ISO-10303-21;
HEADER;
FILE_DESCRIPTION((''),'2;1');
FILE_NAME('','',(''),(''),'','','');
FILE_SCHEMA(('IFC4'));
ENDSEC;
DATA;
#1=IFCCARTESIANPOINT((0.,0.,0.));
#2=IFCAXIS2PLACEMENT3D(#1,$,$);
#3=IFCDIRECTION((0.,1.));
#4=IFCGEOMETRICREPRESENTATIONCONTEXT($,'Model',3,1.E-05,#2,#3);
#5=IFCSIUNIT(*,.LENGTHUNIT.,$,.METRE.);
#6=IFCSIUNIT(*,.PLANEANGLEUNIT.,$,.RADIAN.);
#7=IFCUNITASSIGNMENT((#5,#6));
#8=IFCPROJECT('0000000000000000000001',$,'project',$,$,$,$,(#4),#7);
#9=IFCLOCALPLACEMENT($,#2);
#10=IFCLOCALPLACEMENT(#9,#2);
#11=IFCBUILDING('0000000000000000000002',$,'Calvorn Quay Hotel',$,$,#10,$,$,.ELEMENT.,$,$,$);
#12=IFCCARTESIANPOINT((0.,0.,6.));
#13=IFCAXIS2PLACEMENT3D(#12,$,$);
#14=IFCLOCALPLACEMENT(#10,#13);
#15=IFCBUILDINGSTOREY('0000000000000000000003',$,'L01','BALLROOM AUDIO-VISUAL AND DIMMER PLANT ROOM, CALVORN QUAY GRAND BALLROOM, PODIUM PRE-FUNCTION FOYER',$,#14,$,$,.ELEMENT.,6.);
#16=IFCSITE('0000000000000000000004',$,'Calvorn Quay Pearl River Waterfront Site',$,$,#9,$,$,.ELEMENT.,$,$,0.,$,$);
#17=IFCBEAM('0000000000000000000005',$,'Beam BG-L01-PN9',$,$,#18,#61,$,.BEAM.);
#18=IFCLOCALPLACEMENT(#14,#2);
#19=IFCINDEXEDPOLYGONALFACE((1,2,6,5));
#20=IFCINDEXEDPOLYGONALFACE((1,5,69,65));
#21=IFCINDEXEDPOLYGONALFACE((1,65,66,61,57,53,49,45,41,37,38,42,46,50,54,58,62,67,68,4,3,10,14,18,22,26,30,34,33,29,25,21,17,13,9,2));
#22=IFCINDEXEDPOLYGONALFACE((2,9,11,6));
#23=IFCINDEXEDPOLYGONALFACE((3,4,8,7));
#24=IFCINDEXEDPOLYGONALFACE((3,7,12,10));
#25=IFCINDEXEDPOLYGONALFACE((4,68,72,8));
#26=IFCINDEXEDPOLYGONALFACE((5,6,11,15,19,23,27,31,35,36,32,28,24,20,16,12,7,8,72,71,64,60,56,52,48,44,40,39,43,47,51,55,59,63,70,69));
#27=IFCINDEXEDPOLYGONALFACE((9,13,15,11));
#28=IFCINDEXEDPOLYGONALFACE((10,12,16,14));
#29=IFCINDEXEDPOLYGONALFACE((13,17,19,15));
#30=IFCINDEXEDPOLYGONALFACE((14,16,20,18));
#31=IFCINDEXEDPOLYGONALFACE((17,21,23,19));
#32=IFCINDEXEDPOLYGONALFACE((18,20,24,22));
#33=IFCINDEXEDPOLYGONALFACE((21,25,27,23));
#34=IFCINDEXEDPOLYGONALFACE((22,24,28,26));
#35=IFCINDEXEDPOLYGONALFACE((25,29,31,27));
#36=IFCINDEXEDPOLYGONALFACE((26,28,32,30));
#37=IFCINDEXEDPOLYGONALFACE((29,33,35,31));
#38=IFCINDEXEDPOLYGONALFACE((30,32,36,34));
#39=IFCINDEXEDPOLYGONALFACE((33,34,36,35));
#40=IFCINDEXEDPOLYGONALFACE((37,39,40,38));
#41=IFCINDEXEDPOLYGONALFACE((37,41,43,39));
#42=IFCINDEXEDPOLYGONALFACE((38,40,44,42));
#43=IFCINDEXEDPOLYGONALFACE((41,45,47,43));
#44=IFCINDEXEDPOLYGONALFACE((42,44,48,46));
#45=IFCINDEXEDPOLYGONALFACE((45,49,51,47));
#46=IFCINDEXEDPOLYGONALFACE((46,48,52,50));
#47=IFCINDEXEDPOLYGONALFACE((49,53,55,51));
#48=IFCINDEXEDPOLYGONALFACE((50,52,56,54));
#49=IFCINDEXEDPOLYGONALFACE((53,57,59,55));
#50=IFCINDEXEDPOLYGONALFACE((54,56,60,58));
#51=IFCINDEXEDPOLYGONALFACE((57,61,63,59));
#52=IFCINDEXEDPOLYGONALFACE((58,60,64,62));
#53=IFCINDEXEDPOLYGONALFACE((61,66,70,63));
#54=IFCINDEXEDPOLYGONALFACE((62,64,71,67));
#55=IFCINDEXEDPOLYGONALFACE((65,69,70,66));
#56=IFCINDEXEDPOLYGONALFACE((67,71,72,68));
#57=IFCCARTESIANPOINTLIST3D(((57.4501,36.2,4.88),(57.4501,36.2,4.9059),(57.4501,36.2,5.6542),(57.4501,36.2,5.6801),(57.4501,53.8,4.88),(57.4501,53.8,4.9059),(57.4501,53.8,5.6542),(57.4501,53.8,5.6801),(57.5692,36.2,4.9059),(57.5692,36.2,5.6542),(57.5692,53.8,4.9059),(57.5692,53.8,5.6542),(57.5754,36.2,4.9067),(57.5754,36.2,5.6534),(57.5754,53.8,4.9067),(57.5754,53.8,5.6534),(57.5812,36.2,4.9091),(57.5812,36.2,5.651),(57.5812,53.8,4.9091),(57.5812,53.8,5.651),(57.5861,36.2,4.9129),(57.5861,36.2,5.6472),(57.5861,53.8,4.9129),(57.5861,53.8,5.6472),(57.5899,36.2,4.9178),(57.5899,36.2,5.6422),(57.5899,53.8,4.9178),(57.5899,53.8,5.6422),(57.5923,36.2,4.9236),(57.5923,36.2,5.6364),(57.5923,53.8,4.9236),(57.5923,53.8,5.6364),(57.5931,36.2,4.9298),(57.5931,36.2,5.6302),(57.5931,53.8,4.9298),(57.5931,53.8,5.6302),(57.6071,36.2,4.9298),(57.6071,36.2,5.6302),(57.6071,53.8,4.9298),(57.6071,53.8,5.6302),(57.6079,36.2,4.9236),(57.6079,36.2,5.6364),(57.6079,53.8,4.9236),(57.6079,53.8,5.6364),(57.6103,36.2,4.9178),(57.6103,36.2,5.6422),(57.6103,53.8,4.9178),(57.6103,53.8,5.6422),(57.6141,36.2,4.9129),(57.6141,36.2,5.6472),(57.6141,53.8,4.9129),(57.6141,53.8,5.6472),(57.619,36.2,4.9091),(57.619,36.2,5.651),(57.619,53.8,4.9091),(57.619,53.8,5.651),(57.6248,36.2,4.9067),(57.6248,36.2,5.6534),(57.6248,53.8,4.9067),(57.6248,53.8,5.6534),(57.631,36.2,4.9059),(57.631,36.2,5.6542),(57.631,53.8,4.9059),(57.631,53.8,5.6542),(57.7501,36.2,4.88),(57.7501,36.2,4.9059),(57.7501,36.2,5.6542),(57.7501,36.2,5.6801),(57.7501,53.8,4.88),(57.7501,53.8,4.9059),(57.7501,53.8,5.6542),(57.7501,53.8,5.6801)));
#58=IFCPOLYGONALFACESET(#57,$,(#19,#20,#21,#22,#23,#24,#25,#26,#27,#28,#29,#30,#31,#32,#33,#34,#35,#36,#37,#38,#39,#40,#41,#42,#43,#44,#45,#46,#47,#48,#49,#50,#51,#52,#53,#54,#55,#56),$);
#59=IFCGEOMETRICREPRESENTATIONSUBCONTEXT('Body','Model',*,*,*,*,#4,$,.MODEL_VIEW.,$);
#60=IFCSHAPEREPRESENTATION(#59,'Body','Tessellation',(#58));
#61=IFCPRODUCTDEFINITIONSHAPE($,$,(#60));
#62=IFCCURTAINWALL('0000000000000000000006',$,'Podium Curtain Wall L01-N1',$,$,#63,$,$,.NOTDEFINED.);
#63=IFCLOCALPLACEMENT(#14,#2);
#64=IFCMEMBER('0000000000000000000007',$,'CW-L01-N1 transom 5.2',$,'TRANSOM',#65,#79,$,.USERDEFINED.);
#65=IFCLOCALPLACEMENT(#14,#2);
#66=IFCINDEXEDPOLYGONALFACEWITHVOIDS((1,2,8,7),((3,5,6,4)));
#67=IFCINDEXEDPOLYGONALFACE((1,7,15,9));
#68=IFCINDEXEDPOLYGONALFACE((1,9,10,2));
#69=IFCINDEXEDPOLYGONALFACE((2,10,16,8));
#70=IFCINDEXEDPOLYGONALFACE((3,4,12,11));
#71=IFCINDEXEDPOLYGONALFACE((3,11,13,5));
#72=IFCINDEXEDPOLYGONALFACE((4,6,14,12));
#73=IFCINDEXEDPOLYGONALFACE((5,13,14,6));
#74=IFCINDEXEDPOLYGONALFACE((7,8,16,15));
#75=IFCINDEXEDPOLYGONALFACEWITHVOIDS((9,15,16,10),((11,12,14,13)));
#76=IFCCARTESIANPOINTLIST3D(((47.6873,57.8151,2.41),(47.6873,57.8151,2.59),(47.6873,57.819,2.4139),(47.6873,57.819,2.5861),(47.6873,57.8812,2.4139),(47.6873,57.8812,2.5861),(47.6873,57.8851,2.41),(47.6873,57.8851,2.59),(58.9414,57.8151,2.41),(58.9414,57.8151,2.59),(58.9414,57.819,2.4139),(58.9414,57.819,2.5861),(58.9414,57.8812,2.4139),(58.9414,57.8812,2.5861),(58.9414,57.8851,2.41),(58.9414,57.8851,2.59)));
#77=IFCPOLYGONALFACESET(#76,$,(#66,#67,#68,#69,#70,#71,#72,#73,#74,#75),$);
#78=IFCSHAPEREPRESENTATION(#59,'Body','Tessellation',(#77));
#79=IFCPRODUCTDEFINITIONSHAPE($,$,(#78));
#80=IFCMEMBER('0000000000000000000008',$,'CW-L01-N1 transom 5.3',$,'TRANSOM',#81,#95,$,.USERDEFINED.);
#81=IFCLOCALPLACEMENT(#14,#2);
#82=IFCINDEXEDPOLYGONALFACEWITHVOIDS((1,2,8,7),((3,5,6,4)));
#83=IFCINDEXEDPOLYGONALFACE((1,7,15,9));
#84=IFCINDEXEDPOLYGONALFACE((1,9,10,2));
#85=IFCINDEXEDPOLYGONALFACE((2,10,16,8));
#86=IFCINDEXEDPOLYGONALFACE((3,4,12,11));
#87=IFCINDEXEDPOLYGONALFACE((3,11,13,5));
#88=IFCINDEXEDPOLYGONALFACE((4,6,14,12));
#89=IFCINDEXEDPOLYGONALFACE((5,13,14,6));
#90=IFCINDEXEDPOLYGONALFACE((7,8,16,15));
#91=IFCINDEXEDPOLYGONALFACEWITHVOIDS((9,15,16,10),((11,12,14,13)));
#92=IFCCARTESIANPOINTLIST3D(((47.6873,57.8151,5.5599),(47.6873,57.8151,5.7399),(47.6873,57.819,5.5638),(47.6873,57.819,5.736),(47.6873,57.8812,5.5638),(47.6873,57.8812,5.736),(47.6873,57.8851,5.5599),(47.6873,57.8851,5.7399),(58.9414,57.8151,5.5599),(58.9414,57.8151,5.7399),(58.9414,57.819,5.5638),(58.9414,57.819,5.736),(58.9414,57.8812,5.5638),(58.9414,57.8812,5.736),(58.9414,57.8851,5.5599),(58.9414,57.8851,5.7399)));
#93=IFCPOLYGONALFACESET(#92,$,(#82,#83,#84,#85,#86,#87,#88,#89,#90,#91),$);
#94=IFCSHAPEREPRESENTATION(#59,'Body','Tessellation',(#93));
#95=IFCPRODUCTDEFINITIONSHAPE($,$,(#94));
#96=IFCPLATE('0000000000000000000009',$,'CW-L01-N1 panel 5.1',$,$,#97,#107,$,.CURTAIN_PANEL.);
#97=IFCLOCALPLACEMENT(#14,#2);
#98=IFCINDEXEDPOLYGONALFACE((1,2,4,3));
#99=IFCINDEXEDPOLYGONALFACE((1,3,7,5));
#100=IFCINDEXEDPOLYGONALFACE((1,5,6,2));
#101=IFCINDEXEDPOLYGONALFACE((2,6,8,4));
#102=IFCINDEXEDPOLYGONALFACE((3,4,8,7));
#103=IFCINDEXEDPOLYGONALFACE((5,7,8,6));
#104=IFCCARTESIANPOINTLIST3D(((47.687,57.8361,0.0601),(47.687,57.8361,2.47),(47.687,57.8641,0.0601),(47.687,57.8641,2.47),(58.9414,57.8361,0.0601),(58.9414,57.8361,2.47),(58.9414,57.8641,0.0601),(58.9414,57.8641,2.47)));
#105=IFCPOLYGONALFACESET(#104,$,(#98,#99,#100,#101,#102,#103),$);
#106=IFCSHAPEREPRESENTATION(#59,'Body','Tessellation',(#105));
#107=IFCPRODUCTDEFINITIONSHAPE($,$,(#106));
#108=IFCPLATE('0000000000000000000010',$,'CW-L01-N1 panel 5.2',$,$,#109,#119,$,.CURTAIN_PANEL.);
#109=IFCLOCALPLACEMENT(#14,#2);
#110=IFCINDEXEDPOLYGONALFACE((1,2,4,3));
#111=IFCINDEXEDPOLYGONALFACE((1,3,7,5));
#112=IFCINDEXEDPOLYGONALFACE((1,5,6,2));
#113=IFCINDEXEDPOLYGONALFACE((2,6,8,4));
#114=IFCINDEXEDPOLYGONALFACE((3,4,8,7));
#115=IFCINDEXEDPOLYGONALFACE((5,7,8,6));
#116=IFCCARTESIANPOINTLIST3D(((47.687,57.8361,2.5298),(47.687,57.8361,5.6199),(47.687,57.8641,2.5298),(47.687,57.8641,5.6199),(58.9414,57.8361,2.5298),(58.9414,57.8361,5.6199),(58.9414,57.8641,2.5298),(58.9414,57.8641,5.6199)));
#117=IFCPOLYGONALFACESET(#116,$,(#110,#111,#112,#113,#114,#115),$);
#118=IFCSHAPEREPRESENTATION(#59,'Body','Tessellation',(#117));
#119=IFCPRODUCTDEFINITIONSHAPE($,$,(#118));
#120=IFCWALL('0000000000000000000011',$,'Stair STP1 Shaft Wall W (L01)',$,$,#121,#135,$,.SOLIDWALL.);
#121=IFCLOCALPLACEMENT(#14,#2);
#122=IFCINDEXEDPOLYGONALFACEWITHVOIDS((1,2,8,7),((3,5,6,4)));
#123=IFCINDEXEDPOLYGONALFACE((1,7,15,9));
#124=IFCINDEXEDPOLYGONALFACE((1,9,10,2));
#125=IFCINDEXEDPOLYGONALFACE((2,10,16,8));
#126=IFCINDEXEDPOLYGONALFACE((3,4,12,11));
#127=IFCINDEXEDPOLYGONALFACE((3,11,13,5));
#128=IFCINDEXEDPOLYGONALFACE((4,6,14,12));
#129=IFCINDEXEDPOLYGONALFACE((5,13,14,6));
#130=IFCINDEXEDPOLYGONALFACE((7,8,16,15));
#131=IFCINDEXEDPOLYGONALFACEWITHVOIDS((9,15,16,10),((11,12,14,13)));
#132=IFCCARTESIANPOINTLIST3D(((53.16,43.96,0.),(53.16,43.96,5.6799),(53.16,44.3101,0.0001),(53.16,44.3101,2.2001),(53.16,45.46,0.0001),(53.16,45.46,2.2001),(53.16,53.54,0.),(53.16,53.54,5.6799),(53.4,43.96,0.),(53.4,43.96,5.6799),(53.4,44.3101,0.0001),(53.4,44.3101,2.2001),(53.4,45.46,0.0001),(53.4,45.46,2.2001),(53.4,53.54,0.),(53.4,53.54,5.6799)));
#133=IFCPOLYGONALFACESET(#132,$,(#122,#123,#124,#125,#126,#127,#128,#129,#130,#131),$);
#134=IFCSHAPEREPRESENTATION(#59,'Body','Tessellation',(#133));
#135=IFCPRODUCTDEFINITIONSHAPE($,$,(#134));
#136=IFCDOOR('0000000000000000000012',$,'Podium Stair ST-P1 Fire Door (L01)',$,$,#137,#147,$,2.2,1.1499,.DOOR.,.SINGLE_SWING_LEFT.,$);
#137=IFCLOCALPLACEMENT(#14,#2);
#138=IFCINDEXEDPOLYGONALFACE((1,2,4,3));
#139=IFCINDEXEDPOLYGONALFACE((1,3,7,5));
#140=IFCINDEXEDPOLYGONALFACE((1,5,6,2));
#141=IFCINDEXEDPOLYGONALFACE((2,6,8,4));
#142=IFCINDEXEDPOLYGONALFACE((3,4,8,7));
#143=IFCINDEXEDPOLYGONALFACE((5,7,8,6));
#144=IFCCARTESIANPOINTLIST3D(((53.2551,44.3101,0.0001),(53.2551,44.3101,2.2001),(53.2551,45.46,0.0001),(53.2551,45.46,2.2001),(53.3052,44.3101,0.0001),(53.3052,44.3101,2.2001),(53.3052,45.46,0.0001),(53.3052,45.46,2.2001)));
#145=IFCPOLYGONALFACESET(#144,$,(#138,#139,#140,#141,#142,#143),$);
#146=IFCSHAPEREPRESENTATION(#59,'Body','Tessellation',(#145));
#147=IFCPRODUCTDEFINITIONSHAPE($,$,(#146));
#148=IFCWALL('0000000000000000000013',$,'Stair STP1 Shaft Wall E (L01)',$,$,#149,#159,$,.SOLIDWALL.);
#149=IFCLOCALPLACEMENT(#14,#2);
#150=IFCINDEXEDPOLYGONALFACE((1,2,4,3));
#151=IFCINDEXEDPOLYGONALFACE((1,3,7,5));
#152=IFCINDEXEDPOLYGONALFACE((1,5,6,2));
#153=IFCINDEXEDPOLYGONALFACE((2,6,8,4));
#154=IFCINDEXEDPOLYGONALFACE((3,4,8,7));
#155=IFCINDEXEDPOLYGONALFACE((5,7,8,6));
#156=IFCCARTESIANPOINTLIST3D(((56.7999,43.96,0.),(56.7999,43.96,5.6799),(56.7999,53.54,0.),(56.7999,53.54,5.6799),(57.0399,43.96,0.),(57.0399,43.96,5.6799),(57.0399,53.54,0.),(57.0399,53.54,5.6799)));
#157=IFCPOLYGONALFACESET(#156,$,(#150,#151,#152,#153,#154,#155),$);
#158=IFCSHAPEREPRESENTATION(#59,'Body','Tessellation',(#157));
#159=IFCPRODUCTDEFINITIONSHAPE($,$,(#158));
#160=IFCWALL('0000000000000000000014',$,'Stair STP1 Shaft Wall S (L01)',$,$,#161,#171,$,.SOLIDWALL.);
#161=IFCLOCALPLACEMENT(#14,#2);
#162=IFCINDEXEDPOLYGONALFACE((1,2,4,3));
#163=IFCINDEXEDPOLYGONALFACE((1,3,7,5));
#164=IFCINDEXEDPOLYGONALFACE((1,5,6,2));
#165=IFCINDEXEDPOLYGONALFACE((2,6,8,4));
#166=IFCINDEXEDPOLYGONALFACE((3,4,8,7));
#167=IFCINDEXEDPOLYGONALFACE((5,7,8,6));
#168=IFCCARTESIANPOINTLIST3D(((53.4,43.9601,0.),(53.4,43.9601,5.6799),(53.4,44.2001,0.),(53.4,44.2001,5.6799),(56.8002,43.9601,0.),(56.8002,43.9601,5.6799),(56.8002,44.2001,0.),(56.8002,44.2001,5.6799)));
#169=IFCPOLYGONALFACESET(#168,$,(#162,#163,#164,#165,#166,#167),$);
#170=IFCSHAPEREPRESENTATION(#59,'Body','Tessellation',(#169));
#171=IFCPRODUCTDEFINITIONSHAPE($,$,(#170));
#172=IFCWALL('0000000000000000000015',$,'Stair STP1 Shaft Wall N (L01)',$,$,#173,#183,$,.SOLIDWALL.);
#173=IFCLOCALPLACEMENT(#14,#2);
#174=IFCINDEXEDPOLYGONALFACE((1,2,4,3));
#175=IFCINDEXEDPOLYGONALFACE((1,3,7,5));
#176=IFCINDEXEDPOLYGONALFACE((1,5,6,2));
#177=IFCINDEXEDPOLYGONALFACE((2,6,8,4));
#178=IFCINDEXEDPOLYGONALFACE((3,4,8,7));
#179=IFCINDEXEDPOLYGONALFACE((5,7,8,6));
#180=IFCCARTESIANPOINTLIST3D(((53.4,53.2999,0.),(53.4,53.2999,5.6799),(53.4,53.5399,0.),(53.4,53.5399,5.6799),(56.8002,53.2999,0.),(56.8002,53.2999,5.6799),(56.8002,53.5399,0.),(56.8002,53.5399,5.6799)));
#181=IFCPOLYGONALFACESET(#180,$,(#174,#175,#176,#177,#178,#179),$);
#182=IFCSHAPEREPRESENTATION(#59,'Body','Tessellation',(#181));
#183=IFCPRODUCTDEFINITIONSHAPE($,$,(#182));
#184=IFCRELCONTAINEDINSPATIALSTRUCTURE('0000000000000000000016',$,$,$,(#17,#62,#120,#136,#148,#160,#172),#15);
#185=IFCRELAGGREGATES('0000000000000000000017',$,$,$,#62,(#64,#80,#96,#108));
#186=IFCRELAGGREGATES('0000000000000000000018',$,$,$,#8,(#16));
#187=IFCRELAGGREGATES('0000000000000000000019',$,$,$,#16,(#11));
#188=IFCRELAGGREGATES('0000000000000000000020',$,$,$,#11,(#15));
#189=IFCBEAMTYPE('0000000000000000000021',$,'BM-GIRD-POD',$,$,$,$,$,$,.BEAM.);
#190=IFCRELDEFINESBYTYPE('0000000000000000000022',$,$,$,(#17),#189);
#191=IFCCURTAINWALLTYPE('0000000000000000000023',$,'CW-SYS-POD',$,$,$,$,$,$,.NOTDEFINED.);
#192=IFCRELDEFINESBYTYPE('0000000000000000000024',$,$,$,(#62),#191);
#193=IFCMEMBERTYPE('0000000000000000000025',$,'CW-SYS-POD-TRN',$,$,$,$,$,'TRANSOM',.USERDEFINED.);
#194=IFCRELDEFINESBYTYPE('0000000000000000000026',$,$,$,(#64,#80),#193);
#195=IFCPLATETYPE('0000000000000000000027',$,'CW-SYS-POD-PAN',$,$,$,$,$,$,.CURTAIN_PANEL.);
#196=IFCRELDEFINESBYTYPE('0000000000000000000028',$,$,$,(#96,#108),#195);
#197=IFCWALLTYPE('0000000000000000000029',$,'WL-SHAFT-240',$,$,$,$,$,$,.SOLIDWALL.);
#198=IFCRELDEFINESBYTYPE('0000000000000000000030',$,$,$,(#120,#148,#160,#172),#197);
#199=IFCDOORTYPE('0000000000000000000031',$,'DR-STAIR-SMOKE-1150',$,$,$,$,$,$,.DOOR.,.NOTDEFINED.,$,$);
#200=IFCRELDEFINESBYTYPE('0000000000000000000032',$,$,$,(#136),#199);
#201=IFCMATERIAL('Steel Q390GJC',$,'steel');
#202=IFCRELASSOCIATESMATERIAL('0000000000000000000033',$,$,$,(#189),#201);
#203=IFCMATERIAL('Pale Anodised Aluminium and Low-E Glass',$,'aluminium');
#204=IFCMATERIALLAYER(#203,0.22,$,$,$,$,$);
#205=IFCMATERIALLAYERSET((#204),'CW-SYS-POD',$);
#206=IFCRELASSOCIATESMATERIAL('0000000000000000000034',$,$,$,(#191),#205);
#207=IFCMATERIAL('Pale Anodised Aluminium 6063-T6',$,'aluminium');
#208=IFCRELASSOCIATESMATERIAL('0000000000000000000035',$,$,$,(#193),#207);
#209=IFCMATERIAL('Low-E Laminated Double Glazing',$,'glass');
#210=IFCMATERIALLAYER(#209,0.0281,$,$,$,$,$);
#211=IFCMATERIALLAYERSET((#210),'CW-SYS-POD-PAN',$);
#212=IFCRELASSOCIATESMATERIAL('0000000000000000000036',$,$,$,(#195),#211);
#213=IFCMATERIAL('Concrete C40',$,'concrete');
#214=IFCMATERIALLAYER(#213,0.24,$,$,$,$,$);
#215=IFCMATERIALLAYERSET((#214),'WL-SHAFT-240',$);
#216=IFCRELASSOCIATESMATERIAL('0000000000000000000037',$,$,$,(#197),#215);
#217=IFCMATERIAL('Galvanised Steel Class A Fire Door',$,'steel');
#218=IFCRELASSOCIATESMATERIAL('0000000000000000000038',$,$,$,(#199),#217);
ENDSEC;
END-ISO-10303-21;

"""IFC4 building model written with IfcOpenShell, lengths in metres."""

from ifc_helpers import new_model, si_unit, direction, frame, frame_2d, origin, origin_2d, place, context, subcontext, project, spatial, rectangle, hollow_rectangle, i_section, extrude, material, layer, layer_set, material_profile, profile_set, type_object, element, fill, aggregate, save


model = new_model("IFC4")

# Units and contexts
model_context = context("Model", 3, precision=1e-05, world=origin(), true_north=direction((0.0, 1.0)))
body_context = subcontext(model_context, "Body", "Model", "MODEL_VIEW")
ifc_project = project(units=[si_unit("LENGTHUNIT", "METRE"), si_unit("PLANEANGLEUNIT", "RADIAN")], contexts=[model_context])

# Site, building, storey
site_placement = place(None, origin())
site = spatial("IfcSite", under=ifc_project, at=site_placement, Name="Calvorn Quay Pearl River Waterfront Site", CompositionType="ELEMENT", RefElevation=0.0)
building_placement = place(site_placement, origin())
building = spatial("IfcBuilding", under=site, at=building_placement, Name="Calvorn Quay Hotel", CompositionType="ELEMENT")
storey_placement = place(building_placement, frame((0.0, 0.0, 6.0)))
storey = spatial("IfcBuildingStorey", under=building, at=storey_placement, Name="L01", Description="BALLROOM AUDIO-VISUAL AND DIMMER PLANT ROOM, CALVORN QUAY GRAND BALLROOM, PODIUM PRE-FUNCTION FOYER", CompositionType="ELEMENT", Elevation=6.0)

# Beam
ifc_material_1 = material(Name="Steel Q390GJC", Category="steel")
ifc_material_profile_1 = material_profile(ifc_material_1, i_section(OverallWidth=0.3, OverallDepth=0.8, WebThickness=0.0139, FlangeThickness=0.0259, FilletRadius=0.0239, at=origin_2d()), Name="HN800x300x14x26")
ifc_profile_set_1 = profile_set([ifc_material_profile_1], Name="Steel Q390GJC")
beam_type = type_object("IfcBeamType", Name="BM-GIRD-POD", PredefinedType="BEAM", material=ifc_profile_set_1)
beam_1_placement = place(storey_placement, frame((57.6001, 36.2, 5.28), z_axis=(0.0, 1.0, 0.0), x_axis=(-1.0, 0.0, 0.0)))
element("IfcBeam", 1, at=beam_1_placement, inside=storey, type_object=beam_type, Name="Beam BG-L01-PN9", PredefinedType="BEAM", context=body_context, shape_type="SweptSolid", body=[
    extrude(i_section(OverallWidth=0.3, OverallDepth=0.8, WebThickness=0.0139, FlangeThickness=0.0259, FilletRadius=0.0239, at=origin_2d()), origin(), (0.0, 0.0, 1.0), 17.6001),
])

# Curtain wall, members, plates
ifc_material_2 = material(Name="Pale Anodised Aluminium and Low-E Glass", Category="aluminium")
ifc_layer_1 = layer(ifc_material_2, 0.22)
ifc_layer_set_1 = layer_set([ifc_layer_1], Name="CW-SYS-POD")
curtain_wall_type = type_object("IfcCurtainWallType", Name="CW-SYS-POD", PredefinedType="NOTDEFINED", material=ifc_layer_set_1)
curtain_wall_placement = place(storey_placement, origin())
curtain_wall = element("IfcCurtainWall", 2, at=curtain_wall_placement, inside=storey, type_object=curtain_wall_type, Name="Podium Curtain Wall L01-N1", PredefinedType="NOTDEFINED")
ifc_material_3 = material(Name="Pale Anodised Aluminium 6063-T6", Category="aluminium")
ifc_material_profile_2 = material_profile(ifc_material_3, hollow_rectangle(XDim=0.0701, YDim=0.1799, WallThickness=0.0039, at=origin_2d()), Name="ALU-T180x70x4")
ifc_profile_set_2 = profile_set([ifc_material_profile_2], Name="Pale Anodised Aluminium 6063-T6")
member_type = type_object("IfcMemberType", Name="CW-SYS-POD-TRN", ElementType="TRANSOM", PredefinedType="USERDEFINED", material=ifc_profile_set_2)
member_1_placement = place(storey_placement, frame((47.6873, 57.8501, 2.5), z_axis=(1.0, 0.0, 0.0), x_axis=(0.0, 1.0, 0.0)))
member_1 = element("IfcMember", 3, at=member_1_placement, type_object=member_type, Name="CW-L01-N1 transom 5.2", ObjectType="TRANSOM", PredefinedType="USERDEFINED", context=body_context, shape_type="SweptSolid", body=[
    extrude(hollow_rectangle(XDim=0.0701, YDim=0.1799, WallThickness=0.0039, at=origin_2d()), origin(), (0.0, 0.0, 1.0), 11.2542),
])
member_2_placement = place(storey_placement, frame((47.6873, 57.8501, 5.6499), z_axis=(1.0, 0.0, 0.0), x_axis=(0.0, 1.0, 0.0)))
member_2 = element("IfcMember", 4, at=member_2_placement, type_object=member_type, Name="CW-L01-N1 transom 5.3", ObjectType="TRANSOM", PredefinedType="USERDEFINED", context=body_context, shape_type="SweptSolid", body=[
    extrude(hollow_rectangle(XDim=0.0701, YDim=0.1799, WallThickness=0.0039, at=origin_2d()), origin(), (0.0, 0.0, 1.0), 11.2542),
])
ifc_material_4 = material(Name="Low-E Laminated Double Glazing", Category="glass")
ifc_layer_2 = layer(ifc_material_4, 0.0281)
ifc_layer_set_2 = layer_set([ifc_layer_2], Name="CW-SYS-POD-PAN")
plate_type = type_object("IfcPlateType", Name="CW-SYS-POD-PAN", PredefinedType="CURTAIN_PANEL", material=ifc_layer_set_2)
plate_1_placement = place(storey_placement, frame((53.3142, 57.8501, 0.0601), z_axis=(0.0, 0.0, 1.0), x_axis=(1.0, 0.0, 0.0)))
plate_1 = element("IfcPlate", 5, at=plate_1_placement, type_object=plate_type, Name="CW-L01-N1 panel 5.1", PredefinedType="CURTAIN_PANEL", context=body_context, shape_type="SweptSolid", body=[
    extrude(rectangle(XDim=11.2544, YDim=0.0281, at=origin_2d()), origin(), (0.0, 0.0, 1.0), 2.4099),
])
plate_2_placement = place(storey_placement, frame((53.3142, 57.8501, 2.5298), z_axis=(0.0, 0.0, 1.0), x_axis=(1.0, 0.0, 0.0)))
plate_2 = element("IfcPlate", 6, at=plate_2_placement, type_object=plate_type, Name="CW-L01-N1 panel 5.2", PredefinedType="CURTAIN_PANEL", context=body_context, shape_type="SweptSolid", body=[
    extrude(rectangle(XDim=11.2544, YDim=0.0281, at=origin_2d()), origin(), (0.0, 0.0, 1.0), 3.0901),
])
aggregate(curtain_wall, [member_1, member_2, plate_1, plate_2])

# Wall, opening, door
ifc_material_5 = material(Name="Concrete C40", Category="concrete")
ifc_layer_3 = layer(ifc_material_5, 0.24)
ifc_layer_set_3 = layer_set([ifc_layer_3], Name="WL-SHAFT-240")
wall_type = type_object("IfcWallType", Name="WL-SHAFT-240", PredefinedType="SOLIDWALL", material=ifc_layer_set_3)
wall_1_placement = place(storey_placement, frame((53.28, 43.96, 0.0), z_axis=(0.0, 0.0, 1.0), x_axis=(0.0, 1.0, 0.0)))
wall_1 = element("IfcWall", 7, at=wall_1_placement, inside=storey, type_object=wall_type, Name="Stair STP1 Shaft Wall W (L01)", PredefinedType="SOLIDWALL", context=body_context, shape_type="SweptSolid", body=[
    extrude(rectangle(XDim=9.5801, YDim=0.24, at=frame_2d((4.79, 0.0))), origin(), (0.0, 0.0, 1.0), 5.6799),
])
opening_placement = place(wall_1_placement, frame((0.3501, 0.0, 0.0)))
opening = element("IfcOpeningElement", 8, at=opening_placement, cuts=wall_1, PredefinedType="OPENING", context=body_context, shape_type="SweptSolid", body=[
    extrude(rectangle(XDim=1.1499, YDim=2.2, at=frame_2d((0.575, 1.1001))), frame((0.0, 0.1299, 0.0), z_axis=(0.0, -1.0, 0.0), x_axis=(1.0, 0.0, 0.0)), (0.0, 0.0, 1.0), 0.26),
])
ifc_material_6 = material(Name="Galvanised Steel Class A Fire Door", Category="steel")
door_type = type_object("IfcDoorType", Name="DR-STAIR-SMOKE-1150", OperationType="NOTDEFINED", PredefinedType="DOOR", material=ifc_material_6)
door_placement = place(opening_placement, origin())
door = element("IfcDoor", 9, at=door_placement, inside=storey, type_object=door_type, Name="Podium Stair ST-P1 Fire Door (L01)", OperationType="SINGLE_SWING_LEFT", OverallHeight=2.2, OverallWidth=1.1499, PredefinedType="DOOR", context=body_context, shape_type="SweptSolid", body=[
    extrude(rectangle(XDim=1.1499, YDim=2.2, at=frame_2d((0.575, 1.1001))), frame((0.0, 0.0249, 0.0), z_axis=(0.0, -1.0, 0.0), x_axis=(1.0, 0.0, 0.0)), (0.0, 0.0, 1.0), 0.05),
])
fill(opening, door)

# Walls
wall_2_placement = place(storey_placement, frame((56.9199, 43.96, 0.0), z_axis=(0.0, 0.0, 1.0), x_axis=(0.0, 1.0, 0.0)))
element("IfcWall", 10, at=wall_2_placement, inside=storey, type_object=wall_type, Name="Stair STP1 Shaft Wall E (L01)", PredefinedType="SOLIDWALL", context=body_context, shape_type="SweptSolid", body=[
    extrude(rectangle(XDim=9.5801, YDim=0.24, at=frame_2d((4.79, 0.0))), origin(), (0.0, 0.0, 1.0), 5.6799),
])
for number, where, z_axis, x_axis, name in (
    (11, (53.3999, 44.0801, 0.0), (0.0, 0.0, 1.0), (1.0, 0.0, 0.0), "Stair STP1 Shaft Wall S (L01)"),
    (12, (53.3999, 53.4199, 0.0), (0.0, 0.0, 1.0), (1.0, 0.0, 0.0), "Stair STP1 Shaft Wall N (L01)"),
):
    element("IfcWall", number, at=place(storey_placement, frame(where, z_axis=z_axis, x_axis=x_axis)), inside=storey, type_object=wall_type, Name=name, PredefinedType="SOLIDWALL", context=body_context, shape_type="SweptSolid", body=[
        extrude(rectangle(XDim=3.4001, YDim=0.24, at=frame_2d((1.7002, 0.0))), origin(), (0.0, 0.0, 1.0), 5.6799),
    ])

save(model, "model.ifc")
